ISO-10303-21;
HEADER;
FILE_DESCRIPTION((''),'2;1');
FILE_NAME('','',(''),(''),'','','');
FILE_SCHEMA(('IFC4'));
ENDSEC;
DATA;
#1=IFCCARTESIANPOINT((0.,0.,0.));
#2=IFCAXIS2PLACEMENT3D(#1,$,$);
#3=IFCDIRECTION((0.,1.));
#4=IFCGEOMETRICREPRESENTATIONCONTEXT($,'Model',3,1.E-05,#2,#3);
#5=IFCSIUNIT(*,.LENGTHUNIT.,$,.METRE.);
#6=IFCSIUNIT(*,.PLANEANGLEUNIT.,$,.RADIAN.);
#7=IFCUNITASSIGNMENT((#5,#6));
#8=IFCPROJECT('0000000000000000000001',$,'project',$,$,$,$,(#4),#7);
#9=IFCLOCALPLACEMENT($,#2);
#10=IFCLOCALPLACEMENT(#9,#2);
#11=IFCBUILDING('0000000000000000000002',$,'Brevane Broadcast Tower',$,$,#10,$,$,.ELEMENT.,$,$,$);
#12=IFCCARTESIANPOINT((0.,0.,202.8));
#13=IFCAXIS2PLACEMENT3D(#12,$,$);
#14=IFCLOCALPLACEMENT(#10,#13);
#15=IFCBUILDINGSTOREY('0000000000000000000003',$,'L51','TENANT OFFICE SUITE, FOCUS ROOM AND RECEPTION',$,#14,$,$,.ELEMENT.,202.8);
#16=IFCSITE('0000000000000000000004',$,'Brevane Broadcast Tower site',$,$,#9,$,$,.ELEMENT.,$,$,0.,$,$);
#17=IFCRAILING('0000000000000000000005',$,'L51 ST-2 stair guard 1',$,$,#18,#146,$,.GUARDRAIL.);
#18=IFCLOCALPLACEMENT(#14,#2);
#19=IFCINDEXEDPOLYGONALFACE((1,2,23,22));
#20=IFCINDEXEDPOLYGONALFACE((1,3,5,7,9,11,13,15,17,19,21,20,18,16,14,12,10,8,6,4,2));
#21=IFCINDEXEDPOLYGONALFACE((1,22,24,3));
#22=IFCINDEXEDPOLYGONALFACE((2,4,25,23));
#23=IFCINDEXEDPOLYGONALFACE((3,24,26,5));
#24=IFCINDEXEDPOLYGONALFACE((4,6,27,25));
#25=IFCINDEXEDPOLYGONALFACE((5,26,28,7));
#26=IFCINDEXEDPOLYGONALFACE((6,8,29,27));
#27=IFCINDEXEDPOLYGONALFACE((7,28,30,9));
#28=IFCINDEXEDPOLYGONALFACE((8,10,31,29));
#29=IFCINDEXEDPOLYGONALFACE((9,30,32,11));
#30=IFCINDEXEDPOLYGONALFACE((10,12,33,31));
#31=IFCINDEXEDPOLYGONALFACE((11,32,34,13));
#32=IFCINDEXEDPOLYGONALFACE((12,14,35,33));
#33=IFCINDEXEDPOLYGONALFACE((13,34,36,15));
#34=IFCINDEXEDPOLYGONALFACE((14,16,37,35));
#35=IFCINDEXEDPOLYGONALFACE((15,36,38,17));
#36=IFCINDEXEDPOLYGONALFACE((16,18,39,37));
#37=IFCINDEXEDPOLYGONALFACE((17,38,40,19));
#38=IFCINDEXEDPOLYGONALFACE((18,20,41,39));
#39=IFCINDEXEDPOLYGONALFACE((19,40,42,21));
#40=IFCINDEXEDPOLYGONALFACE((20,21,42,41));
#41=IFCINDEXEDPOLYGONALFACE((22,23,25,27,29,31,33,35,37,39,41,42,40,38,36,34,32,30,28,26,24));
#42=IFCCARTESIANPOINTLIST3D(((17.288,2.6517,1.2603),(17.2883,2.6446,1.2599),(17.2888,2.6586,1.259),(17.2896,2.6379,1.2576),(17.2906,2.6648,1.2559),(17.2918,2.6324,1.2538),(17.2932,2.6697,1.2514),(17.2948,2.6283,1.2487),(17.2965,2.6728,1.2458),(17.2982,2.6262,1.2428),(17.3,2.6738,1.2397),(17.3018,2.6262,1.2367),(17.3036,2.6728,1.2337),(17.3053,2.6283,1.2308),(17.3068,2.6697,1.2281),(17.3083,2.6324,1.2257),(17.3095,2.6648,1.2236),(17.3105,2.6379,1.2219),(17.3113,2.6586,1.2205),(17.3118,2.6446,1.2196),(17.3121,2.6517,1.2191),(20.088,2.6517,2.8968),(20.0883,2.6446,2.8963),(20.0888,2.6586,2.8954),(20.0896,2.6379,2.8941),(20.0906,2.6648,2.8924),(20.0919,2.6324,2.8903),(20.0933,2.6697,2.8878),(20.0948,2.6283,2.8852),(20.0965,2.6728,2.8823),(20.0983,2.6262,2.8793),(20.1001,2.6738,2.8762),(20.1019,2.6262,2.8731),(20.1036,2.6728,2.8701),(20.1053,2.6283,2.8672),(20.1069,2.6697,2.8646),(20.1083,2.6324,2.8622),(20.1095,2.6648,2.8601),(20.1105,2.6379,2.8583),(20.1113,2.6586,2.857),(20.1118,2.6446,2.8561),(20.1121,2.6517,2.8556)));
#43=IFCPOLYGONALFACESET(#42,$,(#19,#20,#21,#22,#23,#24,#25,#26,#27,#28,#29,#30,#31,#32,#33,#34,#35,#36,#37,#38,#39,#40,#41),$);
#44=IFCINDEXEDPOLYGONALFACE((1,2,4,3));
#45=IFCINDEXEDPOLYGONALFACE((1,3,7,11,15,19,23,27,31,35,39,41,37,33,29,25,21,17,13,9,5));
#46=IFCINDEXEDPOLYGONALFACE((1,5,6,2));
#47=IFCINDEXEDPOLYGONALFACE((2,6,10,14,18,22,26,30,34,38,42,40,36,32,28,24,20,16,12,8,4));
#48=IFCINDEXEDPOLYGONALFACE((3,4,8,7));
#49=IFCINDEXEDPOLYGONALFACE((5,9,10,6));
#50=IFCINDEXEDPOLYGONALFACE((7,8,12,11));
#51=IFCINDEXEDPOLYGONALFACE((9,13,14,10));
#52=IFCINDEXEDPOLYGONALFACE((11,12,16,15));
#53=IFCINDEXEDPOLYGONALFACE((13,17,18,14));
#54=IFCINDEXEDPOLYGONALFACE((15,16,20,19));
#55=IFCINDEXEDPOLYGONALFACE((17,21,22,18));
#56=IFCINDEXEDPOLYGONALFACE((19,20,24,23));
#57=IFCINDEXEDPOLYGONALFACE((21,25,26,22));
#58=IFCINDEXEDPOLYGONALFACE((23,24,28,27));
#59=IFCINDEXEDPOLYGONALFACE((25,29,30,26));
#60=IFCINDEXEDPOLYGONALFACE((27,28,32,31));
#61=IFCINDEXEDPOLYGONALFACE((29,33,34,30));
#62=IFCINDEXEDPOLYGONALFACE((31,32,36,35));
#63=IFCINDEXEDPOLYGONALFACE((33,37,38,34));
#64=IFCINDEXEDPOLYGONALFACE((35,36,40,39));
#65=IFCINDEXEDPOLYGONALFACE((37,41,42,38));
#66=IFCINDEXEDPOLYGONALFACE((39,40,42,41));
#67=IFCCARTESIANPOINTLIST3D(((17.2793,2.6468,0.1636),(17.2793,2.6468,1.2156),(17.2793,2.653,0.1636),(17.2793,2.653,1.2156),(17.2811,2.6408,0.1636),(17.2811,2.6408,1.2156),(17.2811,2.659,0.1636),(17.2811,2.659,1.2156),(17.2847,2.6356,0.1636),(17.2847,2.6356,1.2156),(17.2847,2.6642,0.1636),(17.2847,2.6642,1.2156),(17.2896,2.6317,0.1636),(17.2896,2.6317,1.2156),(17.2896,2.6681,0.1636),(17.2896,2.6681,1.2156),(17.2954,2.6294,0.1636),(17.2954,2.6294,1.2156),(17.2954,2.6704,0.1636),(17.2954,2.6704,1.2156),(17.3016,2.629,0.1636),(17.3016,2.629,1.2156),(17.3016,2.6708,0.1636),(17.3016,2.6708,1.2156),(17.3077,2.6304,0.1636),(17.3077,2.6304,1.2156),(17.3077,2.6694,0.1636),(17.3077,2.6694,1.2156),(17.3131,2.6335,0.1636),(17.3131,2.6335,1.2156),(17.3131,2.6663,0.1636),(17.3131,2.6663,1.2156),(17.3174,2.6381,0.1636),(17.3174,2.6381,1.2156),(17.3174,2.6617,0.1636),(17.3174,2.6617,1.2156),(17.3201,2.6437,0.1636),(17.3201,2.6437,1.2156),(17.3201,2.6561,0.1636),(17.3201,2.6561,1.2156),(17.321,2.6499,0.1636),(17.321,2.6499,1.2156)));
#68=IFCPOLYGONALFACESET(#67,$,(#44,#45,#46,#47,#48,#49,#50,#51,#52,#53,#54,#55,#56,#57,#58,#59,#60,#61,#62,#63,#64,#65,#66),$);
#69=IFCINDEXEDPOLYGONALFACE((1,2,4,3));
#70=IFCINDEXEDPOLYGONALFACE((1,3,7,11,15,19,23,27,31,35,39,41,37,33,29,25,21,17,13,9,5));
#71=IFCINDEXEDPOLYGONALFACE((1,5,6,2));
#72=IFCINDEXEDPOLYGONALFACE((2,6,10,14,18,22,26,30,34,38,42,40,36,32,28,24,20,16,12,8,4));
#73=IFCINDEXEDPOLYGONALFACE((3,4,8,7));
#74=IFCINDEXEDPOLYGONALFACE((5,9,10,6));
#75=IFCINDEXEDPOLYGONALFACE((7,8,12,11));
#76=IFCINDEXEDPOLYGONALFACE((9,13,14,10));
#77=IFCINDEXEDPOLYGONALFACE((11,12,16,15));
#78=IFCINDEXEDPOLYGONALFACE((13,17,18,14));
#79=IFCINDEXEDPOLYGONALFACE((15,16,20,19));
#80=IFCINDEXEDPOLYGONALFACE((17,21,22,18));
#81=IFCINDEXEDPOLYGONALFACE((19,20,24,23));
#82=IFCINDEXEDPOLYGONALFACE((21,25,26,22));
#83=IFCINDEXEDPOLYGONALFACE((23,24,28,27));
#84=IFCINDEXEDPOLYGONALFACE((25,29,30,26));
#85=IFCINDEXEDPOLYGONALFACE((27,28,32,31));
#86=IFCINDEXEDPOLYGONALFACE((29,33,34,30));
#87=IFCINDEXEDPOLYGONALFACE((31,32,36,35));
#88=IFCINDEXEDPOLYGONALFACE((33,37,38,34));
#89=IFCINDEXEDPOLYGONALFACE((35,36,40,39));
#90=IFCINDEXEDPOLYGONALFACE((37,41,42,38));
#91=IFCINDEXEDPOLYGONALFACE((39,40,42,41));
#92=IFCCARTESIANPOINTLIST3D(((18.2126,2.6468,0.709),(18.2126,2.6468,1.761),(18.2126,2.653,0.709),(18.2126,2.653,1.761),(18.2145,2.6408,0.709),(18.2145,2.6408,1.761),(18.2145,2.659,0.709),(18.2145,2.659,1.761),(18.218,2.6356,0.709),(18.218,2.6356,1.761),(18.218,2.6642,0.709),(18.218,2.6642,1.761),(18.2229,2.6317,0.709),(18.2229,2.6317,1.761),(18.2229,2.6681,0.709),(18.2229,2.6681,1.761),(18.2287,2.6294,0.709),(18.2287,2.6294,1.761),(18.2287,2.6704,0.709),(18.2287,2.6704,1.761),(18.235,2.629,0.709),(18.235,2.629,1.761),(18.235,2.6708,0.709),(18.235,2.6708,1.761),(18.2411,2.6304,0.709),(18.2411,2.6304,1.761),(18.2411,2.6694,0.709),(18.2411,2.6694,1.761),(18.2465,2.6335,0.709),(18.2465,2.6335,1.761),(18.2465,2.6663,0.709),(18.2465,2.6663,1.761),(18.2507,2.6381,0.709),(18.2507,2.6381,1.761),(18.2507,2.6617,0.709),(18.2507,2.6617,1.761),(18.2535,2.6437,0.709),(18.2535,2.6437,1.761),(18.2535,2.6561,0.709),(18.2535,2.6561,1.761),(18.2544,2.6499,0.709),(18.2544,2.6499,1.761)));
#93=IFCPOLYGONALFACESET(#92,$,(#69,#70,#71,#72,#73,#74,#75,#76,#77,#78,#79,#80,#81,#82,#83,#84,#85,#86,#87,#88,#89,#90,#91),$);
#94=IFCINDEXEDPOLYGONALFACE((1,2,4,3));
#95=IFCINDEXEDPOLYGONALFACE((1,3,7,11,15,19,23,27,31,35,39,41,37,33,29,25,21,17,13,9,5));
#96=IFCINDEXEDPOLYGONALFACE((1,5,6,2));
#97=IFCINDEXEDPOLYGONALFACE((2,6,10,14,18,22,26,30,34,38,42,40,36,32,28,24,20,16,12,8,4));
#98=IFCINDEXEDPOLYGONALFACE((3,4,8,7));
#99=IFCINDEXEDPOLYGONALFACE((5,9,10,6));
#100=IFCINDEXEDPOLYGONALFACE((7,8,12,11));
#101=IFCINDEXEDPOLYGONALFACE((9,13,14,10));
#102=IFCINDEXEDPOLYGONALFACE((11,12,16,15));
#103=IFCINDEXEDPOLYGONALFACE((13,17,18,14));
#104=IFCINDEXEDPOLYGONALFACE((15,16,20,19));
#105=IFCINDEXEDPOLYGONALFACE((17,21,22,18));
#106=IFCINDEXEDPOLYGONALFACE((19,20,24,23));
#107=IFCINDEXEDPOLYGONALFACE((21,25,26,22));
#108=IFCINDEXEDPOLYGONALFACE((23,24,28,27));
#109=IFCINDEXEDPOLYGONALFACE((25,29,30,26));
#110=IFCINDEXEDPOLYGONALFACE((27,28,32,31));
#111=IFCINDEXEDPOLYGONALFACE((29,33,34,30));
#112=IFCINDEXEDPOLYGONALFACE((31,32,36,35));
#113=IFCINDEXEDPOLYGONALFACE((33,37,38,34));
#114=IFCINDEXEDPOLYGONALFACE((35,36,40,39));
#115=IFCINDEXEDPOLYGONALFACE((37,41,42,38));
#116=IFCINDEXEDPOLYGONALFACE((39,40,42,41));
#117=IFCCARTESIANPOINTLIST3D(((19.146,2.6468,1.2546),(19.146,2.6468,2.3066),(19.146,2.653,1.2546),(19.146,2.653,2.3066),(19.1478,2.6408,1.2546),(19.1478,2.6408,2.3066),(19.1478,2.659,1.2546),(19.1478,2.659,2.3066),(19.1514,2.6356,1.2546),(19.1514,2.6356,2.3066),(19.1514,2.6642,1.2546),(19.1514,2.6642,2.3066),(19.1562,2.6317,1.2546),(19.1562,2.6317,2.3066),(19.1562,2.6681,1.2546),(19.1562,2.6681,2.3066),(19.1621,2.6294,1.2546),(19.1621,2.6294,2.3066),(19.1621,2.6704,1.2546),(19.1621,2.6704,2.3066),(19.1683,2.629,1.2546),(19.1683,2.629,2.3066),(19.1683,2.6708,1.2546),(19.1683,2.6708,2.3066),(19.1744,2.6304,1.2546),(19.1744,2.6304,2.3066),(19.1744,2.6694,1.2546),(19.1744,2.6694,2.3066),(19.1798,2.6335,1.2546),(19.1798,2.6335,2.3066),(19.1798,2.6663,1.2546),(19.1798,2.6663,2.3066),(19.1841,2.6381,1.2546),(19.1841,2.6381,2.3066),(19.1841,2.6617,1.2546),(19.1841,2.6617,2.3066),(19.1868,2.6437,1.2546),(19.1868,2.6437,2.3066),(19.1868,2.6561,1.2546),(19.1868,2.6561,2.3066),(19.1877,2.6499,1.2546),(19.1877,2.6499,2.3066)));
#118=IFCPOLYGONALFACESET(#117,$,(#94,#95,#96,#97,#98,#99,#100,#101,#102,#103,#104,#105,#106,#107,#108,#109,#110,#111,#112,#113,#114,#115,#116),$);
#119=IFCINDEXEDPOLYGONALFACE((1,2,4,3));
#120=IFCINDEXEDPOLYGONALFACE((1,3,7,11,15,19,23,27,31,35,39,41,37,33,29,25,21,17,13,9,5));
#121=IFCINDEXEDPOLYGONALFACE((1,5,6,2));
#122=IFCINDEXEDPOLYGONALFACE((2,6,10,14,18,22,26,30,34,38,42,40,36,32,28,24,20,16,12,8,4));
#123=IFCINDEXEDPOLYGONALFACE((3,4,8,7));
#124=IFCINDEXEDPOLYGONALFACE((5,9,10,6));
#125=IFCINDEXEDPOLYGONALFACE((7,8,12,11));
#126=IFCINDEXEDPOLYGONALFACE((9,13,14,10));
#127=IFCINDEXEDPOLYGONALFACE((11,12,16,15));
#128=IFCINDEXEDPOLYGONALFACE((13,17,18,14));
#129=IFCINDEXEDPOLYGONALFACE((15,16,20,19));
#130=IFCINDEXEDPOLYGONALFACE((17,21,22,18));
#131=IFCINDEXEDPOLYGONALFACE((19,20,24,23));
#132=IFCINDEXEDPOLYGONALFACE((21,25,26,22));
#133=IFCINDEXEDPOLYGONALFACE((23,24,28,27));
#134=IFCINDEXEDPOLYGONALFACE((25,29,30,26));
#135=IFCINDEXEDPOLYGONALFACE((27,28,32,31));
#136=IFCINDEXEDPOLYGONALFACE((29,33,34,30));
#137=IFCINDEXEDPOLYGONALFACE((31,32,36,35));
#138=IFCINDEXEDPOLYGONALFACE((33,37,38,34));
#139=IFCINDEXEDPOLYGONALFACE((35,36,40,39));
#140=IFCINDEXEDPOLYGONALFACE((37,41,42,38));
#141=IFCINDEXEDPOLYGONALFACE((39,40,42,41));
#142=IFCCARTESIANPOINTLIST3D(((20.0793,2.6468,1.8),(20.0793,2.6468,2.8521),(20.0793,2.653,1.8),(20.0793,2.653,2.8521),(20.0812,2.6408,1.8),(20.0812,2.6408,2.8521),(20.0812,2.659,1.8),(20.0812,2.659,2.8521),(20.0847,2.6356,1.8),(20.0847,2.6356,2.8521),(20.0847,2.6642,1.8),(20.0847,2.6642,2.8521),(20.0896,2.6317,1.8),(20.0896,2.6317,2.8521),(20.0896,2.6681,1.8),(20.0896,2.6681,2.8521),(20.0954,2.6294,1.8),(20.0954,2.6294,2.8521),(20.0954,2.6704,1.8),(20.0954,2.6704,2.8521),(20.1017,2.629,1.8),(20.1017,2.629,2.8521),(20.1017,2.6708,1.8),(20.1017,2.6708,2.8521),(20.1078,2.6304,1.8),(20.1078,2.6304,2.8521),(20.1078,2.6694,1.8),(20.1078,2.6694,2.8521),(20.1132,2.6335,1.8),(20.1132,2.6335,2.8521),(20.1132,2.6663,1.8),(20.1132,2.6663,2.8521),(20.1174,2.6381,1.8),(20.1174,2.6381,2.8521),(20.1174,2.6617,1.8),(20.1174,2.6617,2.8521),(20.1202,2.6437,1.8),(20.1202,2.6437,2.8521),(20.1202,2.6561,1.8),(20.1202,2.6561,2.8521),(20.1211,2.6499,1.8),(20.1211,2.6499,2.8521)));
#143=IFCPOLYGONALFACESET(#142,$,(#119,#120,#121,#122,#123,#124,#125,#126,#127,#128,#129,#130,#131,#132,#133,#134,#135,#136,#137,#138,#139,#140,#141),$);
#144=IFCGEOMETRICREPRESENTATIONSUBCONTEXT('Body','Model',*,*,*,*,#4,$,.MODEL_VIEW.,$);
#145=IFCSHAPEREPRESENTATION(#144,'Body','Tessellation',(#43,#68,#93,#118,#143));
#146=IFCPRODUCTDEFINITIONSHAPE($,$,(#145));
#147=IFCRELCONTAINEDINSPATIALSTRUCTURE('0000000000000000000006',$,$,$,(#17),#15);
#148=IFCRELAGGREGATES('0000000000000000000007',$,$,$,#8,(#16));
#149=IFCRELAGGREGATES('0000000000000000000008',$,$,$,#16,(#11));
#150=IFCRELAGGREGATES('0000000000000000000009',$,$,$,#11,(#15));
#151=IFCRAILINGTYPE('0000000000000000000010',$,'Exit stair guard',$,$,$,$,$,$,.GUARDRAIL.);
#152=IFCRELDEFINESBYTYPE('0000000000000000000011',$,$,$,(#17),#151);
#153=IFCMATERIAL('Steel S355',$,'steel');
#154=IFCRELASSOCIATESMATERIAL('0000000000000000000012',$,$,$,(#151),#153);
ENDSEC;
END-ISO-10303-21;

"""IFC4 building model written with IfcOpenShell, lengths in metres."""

from ifc_helpers import new_model, si_unit, direction, frame, origin, origin_2d, place, context, subcontext, project, spatial, circle, extrude, material, type_object, element, save


model = new_model("IFC4")

# Units and contexts
model_context = context("Model", 3, precision=1e-05, world=origin(), true_north=direction((0.0, 1.0)))
body_context = subcontext(model_context, "Body", "Model", "MODEL_VIEW")
ifc_project = project(units=[si_unit("LENGTHUNIT", "METRE"), si_unit("PLANEANGLEUNIT", "RADIAN")], contexts=[model_context])

# Site, building, storey
site_placement = place(None, origin())
site = spatial("IfcSite", under=ifc_project, at=site_placement, Name="Brevane Broadcast Tower site", CompositionType="ELEMENT", RefElevation=0.0)
building_placement = place(site_placement, origin())
building = spatial("IfcBuilding", under=site, at=building_placement, Name="Brevane Broadcast Tower", CompositionType="ELEMENT")
storey_placement = place(building_placement, frame((0.0, 0.0, 202.8)))
storey = spatial("IfcBuildingStorey", under=building, at=storey_placement, Name="L51", Description="TENANT OFFICE SUITE, FOCUS ROOM AND RECEPTION", CompositionType="ELEMENT", Elevation=202.8)

# Railing
ifc_material_1 = material(Name="Steel S355", Category="steel")
railing_type_1 = type_object("IfcRailingType", Name="Exit stair guard", PredefinedType="GUARDRAIL", material=ifc_material_1)
railing_1_placement = place(storey_placement, frame((17.3, 2.6499, 0.1636)))
element("IfcRailing", 1, at=railing_1_placement, inside=storey, type_object=railing_type_1, Name="L51 ST-2 stair guard 1", PredefinedType="GUARDRAIL", context=body_context, shape_type="SweptSolid", body=[
    extrude(circle(Radius=0.0239, at=origin_2d()), frame((0.0, 0.0, 1.0762), z_axis=(0.863361, 0.0, 0.504587), x_axis=(0.0, 1.0, 0.0)), (0.0, 0.0, 1.0), 3.2432),
    extrude(circle(Radius=0.021, at=origin_2d()), origin(), (0.0, 0.0, 1.0), 1.052),
    extrude(circle(Radius=0.021, at=origin_2d()), frame((0.9333, 0.0, 0.5454)), (0.0, 0.0, 1.0), 1.052),
    extrude(circle(Radius=0.021, at=origin_2d()), frame((1.8667, 0.0, 1.0911)), (0.0, 0.0, 1.0), 1.052),
    extrude(circle(Radius=0.021, at=origin_2d()), frame((2.8, 0.0, 1.6365)), (0.0, 0.0, 1.0), 1.052),
])

save(model, "model.ifc")
